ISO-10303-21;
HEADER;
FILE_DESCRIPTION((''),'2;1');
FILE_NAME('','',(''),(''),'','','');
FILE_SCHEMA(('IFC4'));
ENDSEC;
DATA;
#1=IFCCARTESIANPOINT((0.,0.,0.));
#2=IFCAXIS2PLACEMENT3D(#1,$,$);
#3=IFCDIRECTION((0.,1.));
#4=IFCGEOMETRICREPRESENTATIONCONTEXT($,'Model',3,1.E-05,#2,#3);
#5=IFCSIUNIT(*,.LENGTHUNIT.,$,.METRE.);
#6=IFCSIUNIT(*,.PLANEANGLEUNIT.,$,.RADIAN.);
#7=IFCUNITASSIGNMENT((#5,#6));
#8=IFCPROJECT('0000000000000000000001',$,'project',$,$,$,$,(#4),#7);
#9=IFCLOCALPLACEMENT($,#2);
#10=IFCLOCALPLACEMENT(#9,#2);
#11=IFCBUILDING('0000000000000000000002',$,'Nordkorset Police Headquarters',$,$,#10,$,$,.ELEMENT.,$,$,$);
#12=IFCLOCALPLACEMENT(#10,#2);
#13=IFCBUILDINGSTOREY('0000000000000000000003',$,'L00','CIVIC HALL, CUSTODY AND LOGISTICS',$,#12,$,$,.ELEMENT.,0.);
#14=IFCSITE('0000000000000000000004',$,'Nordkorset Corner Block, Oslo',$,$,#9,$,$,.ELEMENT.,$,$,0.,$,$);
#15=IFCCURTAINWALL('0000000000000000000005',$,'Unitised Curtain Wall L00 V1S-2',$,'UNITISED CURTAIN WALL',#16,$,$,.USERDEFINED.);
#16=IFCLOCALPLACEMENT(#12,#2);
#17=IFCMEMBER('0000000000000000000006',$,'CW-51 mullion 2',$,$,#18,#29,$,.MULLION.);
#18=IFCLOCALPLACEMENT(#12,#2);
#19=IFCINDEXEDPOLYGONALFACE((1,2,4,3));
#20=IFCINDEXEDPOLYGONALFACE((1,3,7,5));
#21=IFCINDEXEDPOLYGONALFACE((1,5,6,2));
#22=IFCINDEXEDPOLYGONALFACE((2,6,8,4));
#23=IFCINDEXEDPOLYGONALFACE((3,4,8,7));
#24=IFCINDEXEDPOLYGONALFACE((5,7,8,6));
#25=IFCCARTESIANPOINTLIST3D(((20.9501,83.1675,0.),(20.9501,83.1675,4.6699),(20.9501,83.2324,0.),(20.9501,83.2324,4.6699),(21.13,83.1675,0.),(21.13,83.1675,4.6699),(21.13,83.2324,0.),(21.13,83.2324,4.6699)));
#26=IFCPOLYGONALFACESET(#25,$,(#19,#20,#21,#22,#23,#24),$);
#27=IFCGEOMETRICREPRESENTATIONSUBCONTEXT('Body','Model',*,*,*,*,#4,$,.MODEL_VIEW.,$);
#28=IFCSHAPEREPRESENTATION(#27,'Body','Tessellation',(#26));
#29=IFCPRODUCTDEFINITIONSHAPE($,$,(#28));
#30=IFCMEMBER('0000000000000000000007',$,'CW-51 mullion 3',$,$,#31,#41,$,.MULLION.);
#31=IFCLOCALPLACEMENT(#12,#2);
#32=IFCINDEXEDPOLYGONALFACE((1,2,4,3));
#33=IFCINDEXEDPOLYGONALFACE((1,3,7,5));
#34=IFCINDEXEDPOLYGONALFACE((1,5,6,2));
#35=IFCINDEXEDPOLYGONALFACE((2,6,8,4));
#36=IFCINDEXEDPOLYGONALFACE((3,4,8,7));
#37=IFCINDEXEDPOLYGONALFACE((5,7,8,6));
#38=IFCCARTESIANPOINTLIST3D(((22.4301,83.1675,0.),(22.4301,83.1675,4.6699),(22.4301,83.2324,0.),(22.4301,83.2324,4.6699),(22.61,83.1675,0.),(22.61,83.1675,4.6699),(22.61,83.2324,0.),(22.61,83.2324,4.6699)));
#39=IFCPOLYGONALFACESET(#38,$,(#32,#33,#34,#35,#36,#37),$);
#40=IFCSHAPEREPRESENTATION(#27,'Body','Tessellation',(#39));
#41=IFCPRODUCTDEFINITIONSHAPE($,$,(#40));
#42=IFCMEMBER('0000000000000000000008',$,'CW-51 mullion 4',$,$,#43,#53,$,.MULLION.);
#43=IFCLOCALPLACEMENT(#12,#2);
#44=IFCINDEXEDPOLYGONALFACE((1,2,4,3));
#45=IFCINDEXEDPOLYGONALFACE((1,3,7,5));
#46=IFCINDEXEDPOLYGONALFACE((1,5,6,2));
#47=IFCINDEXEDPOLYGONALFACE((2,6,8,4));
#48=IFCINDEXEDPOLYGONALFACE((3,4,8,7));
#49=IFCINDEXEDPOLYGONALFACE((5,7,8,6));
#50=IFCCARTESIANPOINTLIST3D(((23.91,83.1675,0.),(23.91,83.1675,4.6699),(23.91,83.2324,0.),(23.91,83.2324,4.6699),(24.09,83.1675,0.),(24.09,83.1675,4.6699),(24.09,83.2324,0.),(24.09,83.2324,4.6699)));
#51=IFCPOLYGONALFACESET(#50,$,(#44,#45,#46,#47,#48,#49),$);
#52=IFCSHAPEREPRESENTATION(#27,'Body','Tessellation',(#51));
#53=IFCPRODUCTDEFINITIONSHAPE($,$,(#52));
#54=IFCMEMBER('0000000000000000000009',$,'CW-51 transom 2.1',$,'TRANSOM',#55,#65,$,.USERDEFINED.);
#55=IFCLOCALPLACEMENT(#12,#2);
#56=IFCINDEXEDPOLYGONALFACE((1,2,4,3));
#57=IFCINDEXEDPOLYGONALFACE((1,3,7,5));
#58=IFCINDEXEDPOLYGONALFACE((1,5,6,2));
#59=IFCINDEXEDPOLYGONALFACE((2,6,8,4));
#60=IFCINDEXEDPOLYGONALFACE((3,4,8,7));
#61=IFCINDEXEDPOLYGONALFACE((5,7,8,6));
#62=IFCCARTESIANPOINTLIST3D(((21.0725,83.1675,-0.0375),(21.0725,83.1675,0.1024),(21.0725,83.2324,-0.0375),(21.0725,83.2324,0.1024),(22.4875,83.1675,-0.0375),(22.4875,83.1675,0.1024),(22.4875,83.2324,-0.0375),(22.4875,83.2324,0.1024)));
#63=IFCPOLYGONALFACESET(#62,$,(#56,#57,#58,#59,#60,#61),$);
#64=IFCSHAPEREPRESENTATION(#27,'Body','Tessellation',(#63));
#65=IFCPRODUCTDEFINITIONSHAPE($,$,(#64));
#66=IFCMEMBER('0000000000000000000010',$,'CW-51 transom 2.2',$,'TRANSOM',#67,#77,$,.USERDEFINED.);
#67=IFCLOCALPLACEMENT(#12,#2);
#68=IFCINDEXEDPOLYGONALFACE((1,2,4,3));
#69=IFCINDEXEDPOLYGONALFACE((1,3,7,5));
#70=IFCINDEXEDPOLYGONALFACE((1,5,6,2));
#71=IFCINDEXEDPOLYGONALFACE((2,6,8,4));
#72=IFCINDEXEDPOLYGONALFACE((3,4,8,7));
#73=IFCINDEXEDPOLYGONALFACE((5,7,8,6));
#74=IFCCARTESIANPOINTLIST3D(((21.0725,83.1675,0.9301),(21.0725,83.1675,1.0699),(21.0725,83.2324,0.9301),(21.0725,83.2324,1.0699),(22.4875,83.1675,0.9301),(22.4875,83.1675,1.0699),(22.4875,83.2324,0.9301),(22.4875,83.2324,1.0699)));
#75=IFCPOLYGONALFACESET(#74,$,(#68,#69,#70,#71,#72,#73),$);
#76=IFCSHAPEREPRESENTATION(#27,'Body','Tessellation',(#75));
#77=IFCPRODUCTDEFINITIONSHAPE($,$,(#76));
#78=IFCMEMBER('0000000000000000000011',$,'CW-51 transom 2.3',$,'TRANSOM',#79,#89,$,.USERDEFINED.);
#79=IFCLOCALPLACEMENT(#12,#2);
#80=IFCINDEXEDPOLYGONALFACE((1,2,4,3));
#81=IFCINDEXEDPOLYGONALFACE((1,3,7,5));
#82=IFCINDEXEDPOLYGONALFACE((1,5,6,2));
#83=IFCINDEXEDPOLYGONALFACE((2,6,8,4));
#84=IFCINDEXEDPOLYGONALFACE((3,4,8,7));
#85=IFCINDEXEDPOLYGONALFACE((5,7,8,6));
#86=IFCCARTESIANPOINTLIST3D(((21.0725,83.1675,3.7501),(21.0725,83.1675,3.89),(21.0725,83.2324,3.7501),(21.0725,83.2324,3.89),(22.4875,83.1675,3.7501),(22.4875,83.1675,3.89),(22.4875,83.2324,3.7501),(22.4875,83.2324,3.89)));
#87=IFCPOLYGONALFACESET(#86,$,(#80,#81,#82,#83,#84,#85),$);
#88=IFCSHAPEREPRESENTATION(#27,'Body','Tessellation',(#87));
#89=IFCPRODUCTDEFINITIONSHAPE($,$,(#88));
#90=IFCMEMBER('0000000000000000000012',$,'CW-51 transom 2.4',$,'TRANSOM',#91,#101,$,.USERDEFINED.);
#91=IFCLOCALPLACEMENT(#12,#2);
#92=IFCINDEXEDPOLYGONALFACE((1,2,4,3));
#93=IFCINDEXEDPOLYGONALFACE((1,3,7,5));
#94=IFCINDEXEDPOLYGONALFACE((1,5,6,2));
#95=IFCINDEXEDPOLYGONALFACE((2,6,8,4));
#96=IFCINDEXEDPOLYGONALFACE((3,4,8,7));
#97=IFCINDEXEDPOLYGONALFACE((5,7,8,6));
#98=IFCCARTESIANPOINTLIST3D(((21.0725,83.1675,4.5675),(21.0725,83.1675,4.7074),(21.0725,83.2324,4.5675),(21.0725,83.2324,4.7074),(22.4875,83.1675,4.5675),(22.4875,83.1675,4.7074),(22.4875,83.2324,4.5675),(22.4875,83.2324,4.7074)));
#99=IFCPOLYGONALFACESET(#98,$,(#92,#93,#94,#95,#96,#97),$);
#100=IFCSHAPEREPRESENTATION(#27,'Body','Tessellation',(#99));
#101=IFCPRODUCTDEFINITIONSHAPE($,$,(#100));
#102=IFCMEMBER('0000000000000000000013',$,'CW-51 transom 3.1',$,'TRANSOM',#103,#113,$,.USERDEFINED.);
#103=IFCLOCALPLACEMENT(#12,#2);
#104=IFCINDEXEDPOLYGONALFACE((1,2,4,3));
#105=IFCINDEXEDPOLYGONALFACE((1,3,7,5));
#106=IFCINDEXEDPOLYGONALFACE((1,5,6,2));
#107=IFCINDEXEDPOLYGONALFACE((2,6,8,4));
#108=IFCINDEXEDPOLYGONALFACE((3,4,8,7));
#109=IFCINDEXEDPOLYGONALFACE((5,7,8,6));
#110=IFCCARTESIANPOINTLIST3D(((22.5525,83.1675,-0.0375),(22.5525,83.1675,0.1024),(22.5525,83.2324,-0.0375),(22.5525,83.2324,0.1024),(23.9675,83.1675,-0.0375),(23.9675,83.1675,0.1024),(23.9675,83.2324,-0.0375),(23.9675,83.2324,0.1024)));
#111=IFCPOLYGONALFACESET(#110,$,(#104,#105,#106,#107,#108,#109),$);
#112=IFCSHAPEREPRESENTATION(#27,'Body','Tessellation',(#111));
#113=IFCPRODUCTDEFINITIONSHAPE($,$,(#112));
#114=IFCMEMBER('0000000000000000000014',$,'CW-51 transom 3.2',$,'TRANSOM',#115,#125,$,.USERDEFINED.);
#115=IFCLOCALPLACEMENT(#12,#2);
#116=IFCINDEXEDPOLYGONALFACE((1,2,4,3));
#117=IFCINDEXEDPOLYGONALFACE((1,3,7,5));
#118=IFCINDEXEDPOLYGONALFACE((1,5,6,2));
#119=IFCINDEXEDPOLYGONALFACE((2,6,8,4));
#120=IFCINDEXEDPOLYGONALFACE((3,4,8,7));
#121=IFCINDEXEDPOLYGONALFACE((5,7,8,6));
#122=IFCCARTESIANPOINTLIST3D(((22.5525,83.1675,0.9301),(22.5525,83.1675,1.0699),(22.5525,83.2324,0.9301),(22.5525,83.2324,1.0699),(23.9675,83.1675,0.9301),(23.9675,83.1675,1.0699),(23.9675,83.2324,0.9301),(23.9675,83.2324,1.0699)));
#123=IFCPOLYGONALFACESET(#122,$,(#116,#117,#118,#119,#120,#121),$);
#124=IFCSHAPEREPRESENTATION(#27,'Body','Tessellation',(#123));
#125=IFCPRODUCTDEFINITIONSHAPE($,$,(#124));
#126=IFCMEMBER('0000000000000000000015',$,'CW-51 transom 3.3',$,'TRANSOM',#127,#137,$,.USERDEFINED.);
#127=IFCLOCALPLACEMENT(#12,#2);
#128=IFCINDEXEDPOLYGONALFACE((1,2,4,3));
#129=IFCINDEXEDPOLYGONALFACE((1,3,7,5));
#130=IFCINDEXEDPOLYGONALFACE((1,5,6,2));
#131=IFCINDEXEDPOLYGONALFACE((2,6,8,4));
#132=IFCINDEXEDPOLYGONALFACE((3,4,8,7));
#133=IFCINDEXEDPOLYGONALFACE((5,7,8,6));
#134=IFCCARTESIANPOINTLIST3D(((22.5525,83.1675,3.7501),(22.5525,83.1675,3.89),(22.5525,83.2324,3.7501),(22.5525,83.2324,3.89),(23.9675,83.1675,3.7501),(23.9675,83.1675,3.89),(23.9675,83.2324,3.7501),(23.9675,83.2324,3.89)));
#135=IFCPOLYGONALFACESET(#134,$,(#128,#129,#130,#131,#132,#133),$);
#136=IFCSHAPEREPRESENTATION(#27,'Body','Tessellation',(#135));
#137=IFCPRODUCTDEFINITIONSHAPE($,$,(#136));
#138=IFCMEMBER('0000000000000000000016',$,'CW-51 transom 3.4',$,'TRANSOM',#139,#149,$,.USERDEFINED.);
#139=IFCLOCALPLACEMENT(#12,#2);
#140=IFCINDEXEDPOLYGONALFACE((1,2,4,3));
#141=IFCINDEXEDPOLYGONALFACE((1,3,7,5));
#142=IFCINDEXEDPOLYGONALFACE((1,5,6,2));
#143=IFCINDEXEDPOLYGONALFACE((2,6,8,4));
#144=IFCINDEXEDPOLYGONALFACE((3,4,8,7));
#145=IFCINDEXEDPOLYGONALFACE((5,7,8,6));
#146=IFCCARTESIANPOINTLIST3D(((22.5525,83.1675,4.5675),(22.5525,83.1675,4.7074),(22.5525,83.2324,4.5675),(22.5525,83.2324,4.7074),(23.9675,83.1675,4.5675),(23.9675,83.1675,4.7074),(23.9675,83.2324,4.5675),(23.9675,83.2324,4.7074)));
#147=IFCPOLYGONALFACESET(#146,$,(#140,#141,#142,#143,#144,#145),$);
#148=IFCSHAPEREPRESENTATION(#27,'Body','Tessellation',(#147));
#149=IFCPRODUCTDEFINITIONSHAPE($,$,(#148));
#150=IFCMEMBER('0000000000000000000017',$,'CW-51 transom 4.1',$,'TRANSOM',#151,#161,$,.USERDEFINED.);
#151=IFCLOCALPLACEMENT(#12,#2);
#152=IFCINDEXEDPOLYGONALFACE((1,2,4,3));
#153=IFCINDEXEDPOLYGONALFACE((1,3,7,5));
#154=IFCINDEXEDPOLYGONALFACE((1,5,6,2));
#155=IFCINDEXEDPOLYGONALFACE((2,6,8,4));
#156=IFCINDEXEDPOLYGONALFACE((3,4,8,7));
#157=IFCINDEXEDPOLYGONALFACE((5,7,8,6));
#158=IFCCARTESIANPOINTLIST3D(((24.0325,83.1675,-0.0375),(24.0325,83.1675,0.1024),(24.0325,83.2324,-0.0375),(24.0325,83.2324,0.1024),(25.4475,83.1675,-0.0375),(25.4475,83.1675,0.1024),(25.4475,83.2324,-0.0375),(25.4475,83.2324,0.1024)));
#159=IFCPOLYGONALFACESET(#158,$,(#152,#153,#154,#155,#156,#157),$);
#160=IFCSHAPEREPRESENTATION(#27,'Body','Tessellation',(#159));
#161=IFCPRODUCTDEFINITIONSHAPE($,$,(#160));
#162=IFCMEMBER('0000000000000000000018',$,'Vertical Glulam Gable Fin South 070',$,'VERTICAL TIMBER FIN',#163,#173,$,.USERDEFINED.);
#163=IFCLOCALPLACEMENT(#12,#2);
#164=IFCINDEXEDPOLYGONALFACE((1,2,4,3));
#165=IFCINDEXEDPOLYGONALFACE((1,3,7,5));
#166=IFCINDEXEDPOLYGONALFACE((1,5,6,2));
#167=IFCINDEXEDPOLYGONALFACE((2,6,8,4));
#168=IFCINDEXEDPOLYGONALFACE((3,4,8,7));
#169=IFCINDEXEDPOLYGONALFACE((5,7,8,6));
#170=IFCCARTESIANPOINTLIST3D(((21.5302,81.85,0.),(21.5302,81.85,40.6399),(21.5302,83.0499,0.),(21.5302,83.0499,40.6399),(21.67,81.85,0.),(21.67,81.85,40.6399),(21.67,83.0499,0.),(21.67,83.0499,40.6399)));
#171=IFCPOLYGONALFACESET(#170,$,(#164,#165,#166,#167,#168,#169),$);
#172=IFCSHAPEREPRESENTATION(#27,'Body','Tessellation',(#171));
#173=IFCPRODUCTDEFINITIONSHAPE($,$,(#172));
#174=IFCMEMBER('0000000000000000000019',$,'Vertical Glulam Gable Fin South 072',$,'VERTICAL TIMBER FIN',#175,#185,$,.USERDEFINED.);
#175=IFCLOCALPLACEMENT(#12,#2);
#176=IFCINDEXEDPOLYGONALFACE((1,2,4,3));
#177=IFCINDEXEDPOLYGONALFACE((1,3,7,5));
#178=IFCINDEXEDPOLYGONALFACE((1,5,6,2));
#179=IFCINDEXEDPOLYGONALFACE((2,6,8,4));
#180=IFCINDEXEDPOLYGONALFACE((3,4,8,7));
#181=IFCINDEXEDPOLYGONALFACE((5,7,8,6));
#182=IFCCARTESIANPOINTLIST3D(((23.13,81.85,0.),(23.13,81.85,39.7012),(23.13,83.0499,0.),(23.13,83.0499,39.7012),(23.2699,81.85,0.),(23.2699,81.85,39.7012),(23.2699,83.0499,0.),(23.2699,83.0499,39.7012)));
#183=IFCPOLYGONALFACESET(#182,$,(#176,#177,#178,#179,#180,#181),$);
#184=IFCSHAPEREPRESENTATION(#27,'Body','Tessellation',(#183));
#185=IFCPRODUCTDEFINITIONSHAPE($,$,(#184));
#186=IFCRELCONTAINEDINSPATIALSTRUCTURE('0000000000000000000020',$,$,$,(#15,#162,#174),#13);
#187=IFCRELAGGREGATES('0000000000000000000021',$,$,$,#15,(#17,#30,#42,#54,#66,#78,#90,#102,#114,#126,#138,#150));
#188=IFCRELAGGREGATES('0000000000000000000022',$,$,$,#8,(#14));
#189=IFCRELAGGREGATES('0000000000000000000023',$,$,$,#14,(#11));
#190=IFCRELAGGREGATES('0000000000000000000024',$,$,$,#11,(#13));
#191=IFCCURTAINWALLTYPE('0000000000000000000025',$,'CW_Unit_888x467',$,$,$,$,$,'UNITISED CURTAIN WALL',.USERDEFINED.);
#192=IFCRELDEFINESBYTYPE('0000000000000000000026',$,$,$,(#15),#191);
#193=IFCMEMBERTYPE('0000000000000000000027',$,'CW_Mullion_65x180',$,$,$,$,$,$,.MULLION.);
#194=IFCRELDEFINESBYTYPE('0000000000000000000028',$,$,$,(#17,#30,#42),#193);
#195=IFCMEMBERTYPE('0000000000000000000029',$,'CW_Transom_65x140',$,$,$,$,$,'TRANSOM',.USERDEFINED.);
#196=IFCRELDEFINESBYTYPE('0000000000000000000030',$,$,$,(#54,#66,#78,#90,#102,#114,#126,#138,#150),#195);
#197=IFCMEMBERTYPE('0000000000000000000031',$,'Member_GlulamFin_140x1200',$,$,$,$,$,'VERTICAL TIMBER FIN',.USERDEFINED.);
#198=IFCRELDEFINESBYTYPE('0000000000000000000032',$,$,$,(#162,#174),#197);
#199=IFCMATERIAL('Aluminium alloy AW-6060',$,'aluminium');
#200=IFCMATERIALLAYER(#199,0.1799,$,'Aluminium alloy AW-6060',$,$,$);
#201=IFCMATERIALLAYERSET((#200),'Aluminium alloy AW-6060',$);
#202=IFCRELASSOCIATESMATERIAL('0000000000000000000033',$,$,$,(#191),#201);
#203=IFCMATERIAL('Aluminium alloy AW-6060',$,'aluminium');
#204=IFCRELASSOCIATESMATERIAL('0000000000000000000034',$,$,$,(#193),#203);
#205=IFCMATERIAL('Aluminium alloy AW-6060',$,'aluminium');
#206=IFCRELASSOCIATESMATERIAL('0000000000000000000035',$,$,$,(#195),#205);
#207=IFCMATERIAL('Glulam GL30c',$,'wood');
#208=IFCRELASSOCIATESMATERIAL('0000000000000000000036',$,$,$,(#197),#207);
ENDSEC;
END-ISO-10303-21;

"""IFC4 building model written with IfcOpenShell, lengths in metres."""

from ifc_helpers import new_model, si_unit, direction, frame, origin, origin_2d, place, context, subcontext, project, spatial, rectangle, extrude, material, layer, layer_set, material_profile, profile_set, type_object, element, aggregate, save


model = new_model("IFC4")

# Units and contexts
model_context = context("Model", 3, precision=1e-05, world=origin(), true_north=direction((0.0, 1.0)))
body_context = subcontext(model_context, "Body", "Model", "MODEL_VIEW")
ifc_project = project(units=[si_unit("LENGTHUNIT", "METRE"), si_unit("PLANEANGLEUNIT", "RADIAN")], contexts=[model_context])

# Site, building, storey
site_placement = place(None, origin())
site = spatial("IfcSite", under=ifc_project, at=site_placement, Name="Nordkorset Corner Block, Oslo", CompositionType="ELEMENT", RefElevation=0.0)
building_placement = place(site_placement, origin())
building = spatial("IfcBuilding", under=site, at=building_placement, Name="Nordkorset Police Headquarters", CompositionType="ELEMENT")
storey_placement = place(building_placement, origin())
storey = spatial("IfcBuildingStorey", under=building, at=storey_placement, Name="L00", Description="CIVIC HALL, CUSTODY AND LOGISTICS", CompositionType="ELEMENT", Elevation=0.0)

# Curtain wall, members
ifc_material_1 = material(Name="Aluminium alloy AW-6060", Category="aluminium")
ifc_layer_1 = layer(ifc_material_1, 0.1799, Name="Aluminium alloy AW-6060")
ifc_layer_set_1 = layer_set([ifc_layer_1], Name="Aluminium alloy AW-6060")
curtain_wall_type = type_object("IfcCurtainWallType", Name="CW_Unit_888x467", ElementType="UNITISED CURTAIN WALL", PredefinedType="USERDEFINED", material=ifc_layer_set_1)
curtain_wall_placement = place(storey_placement, origin())
curtain_wall = element("IfcCurtainWall", 1, at=curtain_wall_placement, inside=storey, type_object=curtain_wall_type, Name="Unitised Curtain Wall L00 V1S-2", ObjectType="UNITISED CURTAIN WALL", PredefinedType="USERDEFINED")
ifc_material_2 = material(Name="Aluminium alloy AW-6060", Category="aluminium")
ifc_material_profile_1 = material_profile(ifc_material_2, rectangle(XDim=0.0649, YDim=0.1799, at=origin_2d()), Name="ALU MULL 65x180")
ifc_profile_set_1 = profile_set([ifc_material_profile_1], Name="Aluminium alloy AW-6060")
member_type_1 = type_object("IfcMemberType", Name="CW_Mullion_65x180", PredefinedType="MULLION", material=ifc_profile_set_1)
member_1_placement = place(storey_placement, frame((21.04, 83.2, 0.0), z_axis=(0.0, 0.0, 1.0), x_axis=(0.0, 1.0, 0.0)))
member_1 = element("IfcMember", 2, at=member_1_placement, type_object=member_type_1, Name="CW-51 mullion 2", PredefinedType="MULLION", context=body_context, shape_type="SweptSolid", body=[
    extrude(rectangle(XDim=0.0649, YDim=0.1799, at=origin_2d()), origin(), (0.0, 0.0, 1.0), 4.6699),
])
member_2_placement = place(storey_placement, frame((22.52, 83.2, 0.0), z_axis=(0.0, 0.0, 1.0), x_axis=(0.0, 1.0, 0.0)))
member_2 = element("IfcMember", 3, at=member_2_placement, type_object=member_type_1, Name="CW-51 mullion 3", PredefinedType="MULLION", context=body_context, shape_type="SweptSolid", body=[
    extrude(rectangle(XDim=0.0649, YDim=0.1799, at=origin_2d()), origin(), (0.0, 0.0, 1.0), 4.6699),
])
member_3_placement = place(storey_placement, frame((24.0, 83.2, 0.0), z_axis=(0.0, 0.0, 1.0), x_axis=(0.0, 1.0, 0.0)))
member_3 = element("IfcMember", 4, at=member_3_placement, type_object=member_type_1, Name="CW-51 mullion 4", PredefinedType="MULLION", context=body_context, shape_type="SweptSolid", body=[
    extrude(rectangle(XDim=0.0649, YDim=0.1799, at=origin_2d()), origin(), (0.0, 0.0, 1.0), 4.6699),
])
ifc_material_3 = material(Name="Aluminium alloy AW-6060", Category="aluminium")
ifc_material_profile_2 = material_profile(ifc_material_3, rectangle(XDim=0.0649, YDim=0.1399, at=origin_2d()), Name="ALU TRAN 65x140")
ifc_profile_set_2 = profile_set([ifc_material_profile_2], Name="Aluminium alloy AW-6060")
member_type_2 = type_object("IfcMemberType", Name="CW_Transom_65x140", ElementType="TRANSOM", PredefinedType="USERDEFINED", material=ifc_profile_set_2)
member_4_placement = place(storey_placement, frame((21.0725, 83.2, 0.0325), z_axis=(1.0, 0.0, 0.0), x_axis=(0.0, 1.0, 0.0)))
member_4 = element("IfcMember", 5, at=member_4_placement, type_object=member_type_2, Name="CW-51 transom 2.1", ObjectType="TRANSOM", PredefinedType="USERDEFINED", context=body_context, shape_type="SweptSolid", body=[
    extrude(rectangle(XDim=0.0649, YDim=0.1399, at=origin_2d()), origin(), (0.0, 0.0, 1.0), 1.415),
])
member_5_placement = place(storey_placement, frame((21.0725, 83.2, 1.0), z_axis=(1.0, 0.0, 0.0), x_axis=(0.0, 1.0, 0.0)))
member_5 = element("IfcMember", 6, at=member_5_placement, type_object=member_type_2, Name="CW-51 transom 2.2", ObjectType="TRANSOM", PredefinedType="USERDEFINED", context=body_context, shape_type="SweptSolid", body=[
    extrude(rectangle(XDim=0.0649, YDim=0.1399, at=origin_2d()), origin(), (0.0, 0.0, 1.0), 1.415),
])
member_6_placement = place(storey_placement, frame((21.0725, 83.2, 3.8201), z_axis=(1.0, 0.0, 0.0), x_axis=(0.0, 1.0, 0.0)))
member_6 = element("IfcMember", 7, at=member_6_placement, type_object=member_type_2, Name="CW-51 transom 2.3", ObjectType="TRANSOM", PredefinedType="USERDEFINED", context=body_context, shape_type="SweptSolid", body=[
    extrude(rectangle(XDim=0.0649, YDim=0.1399, at=origin_2d()), origin(), (0.0, 0.0, 1.0), 1.415),
])
member_7_placement = place(storey_placement, frame((21.0725, 83.2, 4.6375), z_axis=(1.0, 0.0, 0.0), x_axis=(0.0, 1.0, 0.0)))
member_7 = element("IfcMember", 8, at=member_7_placement, type_object=member_type_2, Name="CW-51 transom 2.4", ObjectType="TRANSOM", PredefinedType="USERDEFINED", context=body_context, shape_type="SweptSolid", body=[
    extrude(rectangle(XDim=0.0649, YDim=0.1399, at=origin_2d()), origin(), (0.0, 0.0, 1.0), 1.415),
])
member_8_placement = place(storey_placement, frame((22.5525, 83.2, 0.0325), z_axis=(1.0, 0.0, 0.0), x_axis=(0.0, 1.0, 0.0)))
member_8 = element("IfcMember", 9, at=member_8_placement, type_object=member_type_2, Name="CW-51 transom 3.1", ObjectType="TRANSOM", PredefinedType="USERDEFINED", context=body_context, shape_type="SweptSolid", body=[
    extrude(rectangle(XDim=0.0649, YDim=0.1399, at=origin_2d()), origin(), (0.0, 0.0, 1.0), 1.415),
])
member_9_placement = place(storey_placement, frame((22.5525, 83.2, 1.0), z_axis=(1.0, 0.0, 0.0), x_axis=(0.0, 1.0, 0.0)))
member_9 = element("IfcMember", 10, at=member_9_placement, type_object=member_type_2, Name="CW-51 transom 3.2", ObjectType="TRANSOM", PredefinedType="USERDEFINED", context=body_context, shape_type="SweptSolid", body=[
    extrude(rectangle(XDim=0.0649, YDim=0.1399, at=origin_2d()), origin(), (0.0, 0.0, 1.0), 1.415),
])
member_10_placement = place(storey_placement, frame((22.5525, 83.2, 3.8201), z_axis=(1.0, 0.0, 0.0), x_axis=(0.0, 1.0, 0.0)))
member_10 = element("IfcMember", 11, at=member_10_placement, type_object=member_type_2, Name="CW-51 transom 3.3", ObjectType="TRANSOM", PredefinedType="USERDEFINED", context=body_context, shape_type="SweptSolid", body=[
    extrude(rectangle(XDim=0.0649, YDim=0.1399, at=origin_2d()), origin(), (0.0, 0.0, 1.0), 1.415),
])
member_11_placement = place(storey_placement, frame((22.5525, 83.2, 4.6375), z_axis=(1.0, 0.0, 0.0), x_axis=(0.0, 1.0, 0.0)))
member_11 = element("IfcMember", 12, at=member_11_placement, type_object=member_type_2, Name="CW-51 transom 3.4", ObjectType="TRANSOM", PredefinedType="USERDEFINED", context=body_context, shape_type="SweptSolid", body=[
    extrude(rectangle(XDim=0.0649, YDim=0.1399, at=origin_2d()), origin(), (0.0, 0.0, 1.0), 1.415),
])
member_12_placement = place(storey_placement, frame((24.0325, 83.2, 0.0325), z_axis=(1.0, 0.0, 0.0), x_axis=(0.0, 1.0, 0.0)))
member_12 = element("IfcMember", 13, at=member_12_placement, type_object=member_type_2, Name="CW-51 transom 4.1", ObjectType="TRANSOM", PredefinedType="USERDEFINED", context=body_context, shape_type="SweptSolid", body=[
    extrude(rectangle(XDim=0.0649, YDim=0.1399, at=origin_2d()), origin(), (0.0, 0.0, 1.0), 1.415),
])

# Members
ifc_material_4 = material(Name="Glulam GL30c", Category="wood")
ifc_material_profile_3 = material_profile(ifc_material_4, rectangle(XDim=0.1399, YDim=1.2, at=origin_2d()), Name="GL30C FIN 140x1200")
ifc_profile_set_3 = profile_set([ifc_material_profile_3], Name="Glulam GL30c")
member_type_3 = type_object("IfcMemberType", Name="Member_GlulamFin_140x1200", ElementType="VERTICAL TIMBER FIN", PredefinedType="USERDEFINED", material=ifc_profile_set_3)
member_13_placement = place(storey_placement, frame((21.6001, 82.45, 0.0), z_axis=(0.0, 0.0, 1.0), x_axis=(1.0, 0.0, 0.0)))
element("IfcMember", 14, at=member_13_placement, inside=storey, type_object=member_type_3, Name="Vertical Glulam Gable Fin South 070", ObjectType="VERTICAL TIMBER FIN", PredefinedType="USERDEFINED", context=body_context, shape_type="SweptSolid", body=[
    extrude(rectangle(XDim=0.1399, YDim=1.2, at=origin_2d()), origin(), (0.0, 0.0, 1.0), 40.6399),
])
member_14_placement = place(storey_placement, frame((23.2, 82.45, 0.0), z_axis=(0.0, 0.0, 1.0), x_axis=(1.0, 0.0, 0.0)))
element("IfcMember", 15, at=member_14_placement, inside=storey, type_object=member_type_3, Name="Vertical Glulam Gable Fin South 072", ObjectType="VERTICAL TIMBER FIN", PredefinedType="USERDEFINED", context=body_context, shape_type="SweptSolid", body=[
    extrude(rectangle(XDim=0.1399, YDim=1.2, at=origin_2d()), origin(), (0.0, 0.0, 1.0), 39.7012),
])

aggregate(curtain_wall, [member_1, member_2, member_3, member_4, member_5, member_6, member_7, member_8, member_9, member_10, member_11, member_12])

save(model, "model.ifc")
